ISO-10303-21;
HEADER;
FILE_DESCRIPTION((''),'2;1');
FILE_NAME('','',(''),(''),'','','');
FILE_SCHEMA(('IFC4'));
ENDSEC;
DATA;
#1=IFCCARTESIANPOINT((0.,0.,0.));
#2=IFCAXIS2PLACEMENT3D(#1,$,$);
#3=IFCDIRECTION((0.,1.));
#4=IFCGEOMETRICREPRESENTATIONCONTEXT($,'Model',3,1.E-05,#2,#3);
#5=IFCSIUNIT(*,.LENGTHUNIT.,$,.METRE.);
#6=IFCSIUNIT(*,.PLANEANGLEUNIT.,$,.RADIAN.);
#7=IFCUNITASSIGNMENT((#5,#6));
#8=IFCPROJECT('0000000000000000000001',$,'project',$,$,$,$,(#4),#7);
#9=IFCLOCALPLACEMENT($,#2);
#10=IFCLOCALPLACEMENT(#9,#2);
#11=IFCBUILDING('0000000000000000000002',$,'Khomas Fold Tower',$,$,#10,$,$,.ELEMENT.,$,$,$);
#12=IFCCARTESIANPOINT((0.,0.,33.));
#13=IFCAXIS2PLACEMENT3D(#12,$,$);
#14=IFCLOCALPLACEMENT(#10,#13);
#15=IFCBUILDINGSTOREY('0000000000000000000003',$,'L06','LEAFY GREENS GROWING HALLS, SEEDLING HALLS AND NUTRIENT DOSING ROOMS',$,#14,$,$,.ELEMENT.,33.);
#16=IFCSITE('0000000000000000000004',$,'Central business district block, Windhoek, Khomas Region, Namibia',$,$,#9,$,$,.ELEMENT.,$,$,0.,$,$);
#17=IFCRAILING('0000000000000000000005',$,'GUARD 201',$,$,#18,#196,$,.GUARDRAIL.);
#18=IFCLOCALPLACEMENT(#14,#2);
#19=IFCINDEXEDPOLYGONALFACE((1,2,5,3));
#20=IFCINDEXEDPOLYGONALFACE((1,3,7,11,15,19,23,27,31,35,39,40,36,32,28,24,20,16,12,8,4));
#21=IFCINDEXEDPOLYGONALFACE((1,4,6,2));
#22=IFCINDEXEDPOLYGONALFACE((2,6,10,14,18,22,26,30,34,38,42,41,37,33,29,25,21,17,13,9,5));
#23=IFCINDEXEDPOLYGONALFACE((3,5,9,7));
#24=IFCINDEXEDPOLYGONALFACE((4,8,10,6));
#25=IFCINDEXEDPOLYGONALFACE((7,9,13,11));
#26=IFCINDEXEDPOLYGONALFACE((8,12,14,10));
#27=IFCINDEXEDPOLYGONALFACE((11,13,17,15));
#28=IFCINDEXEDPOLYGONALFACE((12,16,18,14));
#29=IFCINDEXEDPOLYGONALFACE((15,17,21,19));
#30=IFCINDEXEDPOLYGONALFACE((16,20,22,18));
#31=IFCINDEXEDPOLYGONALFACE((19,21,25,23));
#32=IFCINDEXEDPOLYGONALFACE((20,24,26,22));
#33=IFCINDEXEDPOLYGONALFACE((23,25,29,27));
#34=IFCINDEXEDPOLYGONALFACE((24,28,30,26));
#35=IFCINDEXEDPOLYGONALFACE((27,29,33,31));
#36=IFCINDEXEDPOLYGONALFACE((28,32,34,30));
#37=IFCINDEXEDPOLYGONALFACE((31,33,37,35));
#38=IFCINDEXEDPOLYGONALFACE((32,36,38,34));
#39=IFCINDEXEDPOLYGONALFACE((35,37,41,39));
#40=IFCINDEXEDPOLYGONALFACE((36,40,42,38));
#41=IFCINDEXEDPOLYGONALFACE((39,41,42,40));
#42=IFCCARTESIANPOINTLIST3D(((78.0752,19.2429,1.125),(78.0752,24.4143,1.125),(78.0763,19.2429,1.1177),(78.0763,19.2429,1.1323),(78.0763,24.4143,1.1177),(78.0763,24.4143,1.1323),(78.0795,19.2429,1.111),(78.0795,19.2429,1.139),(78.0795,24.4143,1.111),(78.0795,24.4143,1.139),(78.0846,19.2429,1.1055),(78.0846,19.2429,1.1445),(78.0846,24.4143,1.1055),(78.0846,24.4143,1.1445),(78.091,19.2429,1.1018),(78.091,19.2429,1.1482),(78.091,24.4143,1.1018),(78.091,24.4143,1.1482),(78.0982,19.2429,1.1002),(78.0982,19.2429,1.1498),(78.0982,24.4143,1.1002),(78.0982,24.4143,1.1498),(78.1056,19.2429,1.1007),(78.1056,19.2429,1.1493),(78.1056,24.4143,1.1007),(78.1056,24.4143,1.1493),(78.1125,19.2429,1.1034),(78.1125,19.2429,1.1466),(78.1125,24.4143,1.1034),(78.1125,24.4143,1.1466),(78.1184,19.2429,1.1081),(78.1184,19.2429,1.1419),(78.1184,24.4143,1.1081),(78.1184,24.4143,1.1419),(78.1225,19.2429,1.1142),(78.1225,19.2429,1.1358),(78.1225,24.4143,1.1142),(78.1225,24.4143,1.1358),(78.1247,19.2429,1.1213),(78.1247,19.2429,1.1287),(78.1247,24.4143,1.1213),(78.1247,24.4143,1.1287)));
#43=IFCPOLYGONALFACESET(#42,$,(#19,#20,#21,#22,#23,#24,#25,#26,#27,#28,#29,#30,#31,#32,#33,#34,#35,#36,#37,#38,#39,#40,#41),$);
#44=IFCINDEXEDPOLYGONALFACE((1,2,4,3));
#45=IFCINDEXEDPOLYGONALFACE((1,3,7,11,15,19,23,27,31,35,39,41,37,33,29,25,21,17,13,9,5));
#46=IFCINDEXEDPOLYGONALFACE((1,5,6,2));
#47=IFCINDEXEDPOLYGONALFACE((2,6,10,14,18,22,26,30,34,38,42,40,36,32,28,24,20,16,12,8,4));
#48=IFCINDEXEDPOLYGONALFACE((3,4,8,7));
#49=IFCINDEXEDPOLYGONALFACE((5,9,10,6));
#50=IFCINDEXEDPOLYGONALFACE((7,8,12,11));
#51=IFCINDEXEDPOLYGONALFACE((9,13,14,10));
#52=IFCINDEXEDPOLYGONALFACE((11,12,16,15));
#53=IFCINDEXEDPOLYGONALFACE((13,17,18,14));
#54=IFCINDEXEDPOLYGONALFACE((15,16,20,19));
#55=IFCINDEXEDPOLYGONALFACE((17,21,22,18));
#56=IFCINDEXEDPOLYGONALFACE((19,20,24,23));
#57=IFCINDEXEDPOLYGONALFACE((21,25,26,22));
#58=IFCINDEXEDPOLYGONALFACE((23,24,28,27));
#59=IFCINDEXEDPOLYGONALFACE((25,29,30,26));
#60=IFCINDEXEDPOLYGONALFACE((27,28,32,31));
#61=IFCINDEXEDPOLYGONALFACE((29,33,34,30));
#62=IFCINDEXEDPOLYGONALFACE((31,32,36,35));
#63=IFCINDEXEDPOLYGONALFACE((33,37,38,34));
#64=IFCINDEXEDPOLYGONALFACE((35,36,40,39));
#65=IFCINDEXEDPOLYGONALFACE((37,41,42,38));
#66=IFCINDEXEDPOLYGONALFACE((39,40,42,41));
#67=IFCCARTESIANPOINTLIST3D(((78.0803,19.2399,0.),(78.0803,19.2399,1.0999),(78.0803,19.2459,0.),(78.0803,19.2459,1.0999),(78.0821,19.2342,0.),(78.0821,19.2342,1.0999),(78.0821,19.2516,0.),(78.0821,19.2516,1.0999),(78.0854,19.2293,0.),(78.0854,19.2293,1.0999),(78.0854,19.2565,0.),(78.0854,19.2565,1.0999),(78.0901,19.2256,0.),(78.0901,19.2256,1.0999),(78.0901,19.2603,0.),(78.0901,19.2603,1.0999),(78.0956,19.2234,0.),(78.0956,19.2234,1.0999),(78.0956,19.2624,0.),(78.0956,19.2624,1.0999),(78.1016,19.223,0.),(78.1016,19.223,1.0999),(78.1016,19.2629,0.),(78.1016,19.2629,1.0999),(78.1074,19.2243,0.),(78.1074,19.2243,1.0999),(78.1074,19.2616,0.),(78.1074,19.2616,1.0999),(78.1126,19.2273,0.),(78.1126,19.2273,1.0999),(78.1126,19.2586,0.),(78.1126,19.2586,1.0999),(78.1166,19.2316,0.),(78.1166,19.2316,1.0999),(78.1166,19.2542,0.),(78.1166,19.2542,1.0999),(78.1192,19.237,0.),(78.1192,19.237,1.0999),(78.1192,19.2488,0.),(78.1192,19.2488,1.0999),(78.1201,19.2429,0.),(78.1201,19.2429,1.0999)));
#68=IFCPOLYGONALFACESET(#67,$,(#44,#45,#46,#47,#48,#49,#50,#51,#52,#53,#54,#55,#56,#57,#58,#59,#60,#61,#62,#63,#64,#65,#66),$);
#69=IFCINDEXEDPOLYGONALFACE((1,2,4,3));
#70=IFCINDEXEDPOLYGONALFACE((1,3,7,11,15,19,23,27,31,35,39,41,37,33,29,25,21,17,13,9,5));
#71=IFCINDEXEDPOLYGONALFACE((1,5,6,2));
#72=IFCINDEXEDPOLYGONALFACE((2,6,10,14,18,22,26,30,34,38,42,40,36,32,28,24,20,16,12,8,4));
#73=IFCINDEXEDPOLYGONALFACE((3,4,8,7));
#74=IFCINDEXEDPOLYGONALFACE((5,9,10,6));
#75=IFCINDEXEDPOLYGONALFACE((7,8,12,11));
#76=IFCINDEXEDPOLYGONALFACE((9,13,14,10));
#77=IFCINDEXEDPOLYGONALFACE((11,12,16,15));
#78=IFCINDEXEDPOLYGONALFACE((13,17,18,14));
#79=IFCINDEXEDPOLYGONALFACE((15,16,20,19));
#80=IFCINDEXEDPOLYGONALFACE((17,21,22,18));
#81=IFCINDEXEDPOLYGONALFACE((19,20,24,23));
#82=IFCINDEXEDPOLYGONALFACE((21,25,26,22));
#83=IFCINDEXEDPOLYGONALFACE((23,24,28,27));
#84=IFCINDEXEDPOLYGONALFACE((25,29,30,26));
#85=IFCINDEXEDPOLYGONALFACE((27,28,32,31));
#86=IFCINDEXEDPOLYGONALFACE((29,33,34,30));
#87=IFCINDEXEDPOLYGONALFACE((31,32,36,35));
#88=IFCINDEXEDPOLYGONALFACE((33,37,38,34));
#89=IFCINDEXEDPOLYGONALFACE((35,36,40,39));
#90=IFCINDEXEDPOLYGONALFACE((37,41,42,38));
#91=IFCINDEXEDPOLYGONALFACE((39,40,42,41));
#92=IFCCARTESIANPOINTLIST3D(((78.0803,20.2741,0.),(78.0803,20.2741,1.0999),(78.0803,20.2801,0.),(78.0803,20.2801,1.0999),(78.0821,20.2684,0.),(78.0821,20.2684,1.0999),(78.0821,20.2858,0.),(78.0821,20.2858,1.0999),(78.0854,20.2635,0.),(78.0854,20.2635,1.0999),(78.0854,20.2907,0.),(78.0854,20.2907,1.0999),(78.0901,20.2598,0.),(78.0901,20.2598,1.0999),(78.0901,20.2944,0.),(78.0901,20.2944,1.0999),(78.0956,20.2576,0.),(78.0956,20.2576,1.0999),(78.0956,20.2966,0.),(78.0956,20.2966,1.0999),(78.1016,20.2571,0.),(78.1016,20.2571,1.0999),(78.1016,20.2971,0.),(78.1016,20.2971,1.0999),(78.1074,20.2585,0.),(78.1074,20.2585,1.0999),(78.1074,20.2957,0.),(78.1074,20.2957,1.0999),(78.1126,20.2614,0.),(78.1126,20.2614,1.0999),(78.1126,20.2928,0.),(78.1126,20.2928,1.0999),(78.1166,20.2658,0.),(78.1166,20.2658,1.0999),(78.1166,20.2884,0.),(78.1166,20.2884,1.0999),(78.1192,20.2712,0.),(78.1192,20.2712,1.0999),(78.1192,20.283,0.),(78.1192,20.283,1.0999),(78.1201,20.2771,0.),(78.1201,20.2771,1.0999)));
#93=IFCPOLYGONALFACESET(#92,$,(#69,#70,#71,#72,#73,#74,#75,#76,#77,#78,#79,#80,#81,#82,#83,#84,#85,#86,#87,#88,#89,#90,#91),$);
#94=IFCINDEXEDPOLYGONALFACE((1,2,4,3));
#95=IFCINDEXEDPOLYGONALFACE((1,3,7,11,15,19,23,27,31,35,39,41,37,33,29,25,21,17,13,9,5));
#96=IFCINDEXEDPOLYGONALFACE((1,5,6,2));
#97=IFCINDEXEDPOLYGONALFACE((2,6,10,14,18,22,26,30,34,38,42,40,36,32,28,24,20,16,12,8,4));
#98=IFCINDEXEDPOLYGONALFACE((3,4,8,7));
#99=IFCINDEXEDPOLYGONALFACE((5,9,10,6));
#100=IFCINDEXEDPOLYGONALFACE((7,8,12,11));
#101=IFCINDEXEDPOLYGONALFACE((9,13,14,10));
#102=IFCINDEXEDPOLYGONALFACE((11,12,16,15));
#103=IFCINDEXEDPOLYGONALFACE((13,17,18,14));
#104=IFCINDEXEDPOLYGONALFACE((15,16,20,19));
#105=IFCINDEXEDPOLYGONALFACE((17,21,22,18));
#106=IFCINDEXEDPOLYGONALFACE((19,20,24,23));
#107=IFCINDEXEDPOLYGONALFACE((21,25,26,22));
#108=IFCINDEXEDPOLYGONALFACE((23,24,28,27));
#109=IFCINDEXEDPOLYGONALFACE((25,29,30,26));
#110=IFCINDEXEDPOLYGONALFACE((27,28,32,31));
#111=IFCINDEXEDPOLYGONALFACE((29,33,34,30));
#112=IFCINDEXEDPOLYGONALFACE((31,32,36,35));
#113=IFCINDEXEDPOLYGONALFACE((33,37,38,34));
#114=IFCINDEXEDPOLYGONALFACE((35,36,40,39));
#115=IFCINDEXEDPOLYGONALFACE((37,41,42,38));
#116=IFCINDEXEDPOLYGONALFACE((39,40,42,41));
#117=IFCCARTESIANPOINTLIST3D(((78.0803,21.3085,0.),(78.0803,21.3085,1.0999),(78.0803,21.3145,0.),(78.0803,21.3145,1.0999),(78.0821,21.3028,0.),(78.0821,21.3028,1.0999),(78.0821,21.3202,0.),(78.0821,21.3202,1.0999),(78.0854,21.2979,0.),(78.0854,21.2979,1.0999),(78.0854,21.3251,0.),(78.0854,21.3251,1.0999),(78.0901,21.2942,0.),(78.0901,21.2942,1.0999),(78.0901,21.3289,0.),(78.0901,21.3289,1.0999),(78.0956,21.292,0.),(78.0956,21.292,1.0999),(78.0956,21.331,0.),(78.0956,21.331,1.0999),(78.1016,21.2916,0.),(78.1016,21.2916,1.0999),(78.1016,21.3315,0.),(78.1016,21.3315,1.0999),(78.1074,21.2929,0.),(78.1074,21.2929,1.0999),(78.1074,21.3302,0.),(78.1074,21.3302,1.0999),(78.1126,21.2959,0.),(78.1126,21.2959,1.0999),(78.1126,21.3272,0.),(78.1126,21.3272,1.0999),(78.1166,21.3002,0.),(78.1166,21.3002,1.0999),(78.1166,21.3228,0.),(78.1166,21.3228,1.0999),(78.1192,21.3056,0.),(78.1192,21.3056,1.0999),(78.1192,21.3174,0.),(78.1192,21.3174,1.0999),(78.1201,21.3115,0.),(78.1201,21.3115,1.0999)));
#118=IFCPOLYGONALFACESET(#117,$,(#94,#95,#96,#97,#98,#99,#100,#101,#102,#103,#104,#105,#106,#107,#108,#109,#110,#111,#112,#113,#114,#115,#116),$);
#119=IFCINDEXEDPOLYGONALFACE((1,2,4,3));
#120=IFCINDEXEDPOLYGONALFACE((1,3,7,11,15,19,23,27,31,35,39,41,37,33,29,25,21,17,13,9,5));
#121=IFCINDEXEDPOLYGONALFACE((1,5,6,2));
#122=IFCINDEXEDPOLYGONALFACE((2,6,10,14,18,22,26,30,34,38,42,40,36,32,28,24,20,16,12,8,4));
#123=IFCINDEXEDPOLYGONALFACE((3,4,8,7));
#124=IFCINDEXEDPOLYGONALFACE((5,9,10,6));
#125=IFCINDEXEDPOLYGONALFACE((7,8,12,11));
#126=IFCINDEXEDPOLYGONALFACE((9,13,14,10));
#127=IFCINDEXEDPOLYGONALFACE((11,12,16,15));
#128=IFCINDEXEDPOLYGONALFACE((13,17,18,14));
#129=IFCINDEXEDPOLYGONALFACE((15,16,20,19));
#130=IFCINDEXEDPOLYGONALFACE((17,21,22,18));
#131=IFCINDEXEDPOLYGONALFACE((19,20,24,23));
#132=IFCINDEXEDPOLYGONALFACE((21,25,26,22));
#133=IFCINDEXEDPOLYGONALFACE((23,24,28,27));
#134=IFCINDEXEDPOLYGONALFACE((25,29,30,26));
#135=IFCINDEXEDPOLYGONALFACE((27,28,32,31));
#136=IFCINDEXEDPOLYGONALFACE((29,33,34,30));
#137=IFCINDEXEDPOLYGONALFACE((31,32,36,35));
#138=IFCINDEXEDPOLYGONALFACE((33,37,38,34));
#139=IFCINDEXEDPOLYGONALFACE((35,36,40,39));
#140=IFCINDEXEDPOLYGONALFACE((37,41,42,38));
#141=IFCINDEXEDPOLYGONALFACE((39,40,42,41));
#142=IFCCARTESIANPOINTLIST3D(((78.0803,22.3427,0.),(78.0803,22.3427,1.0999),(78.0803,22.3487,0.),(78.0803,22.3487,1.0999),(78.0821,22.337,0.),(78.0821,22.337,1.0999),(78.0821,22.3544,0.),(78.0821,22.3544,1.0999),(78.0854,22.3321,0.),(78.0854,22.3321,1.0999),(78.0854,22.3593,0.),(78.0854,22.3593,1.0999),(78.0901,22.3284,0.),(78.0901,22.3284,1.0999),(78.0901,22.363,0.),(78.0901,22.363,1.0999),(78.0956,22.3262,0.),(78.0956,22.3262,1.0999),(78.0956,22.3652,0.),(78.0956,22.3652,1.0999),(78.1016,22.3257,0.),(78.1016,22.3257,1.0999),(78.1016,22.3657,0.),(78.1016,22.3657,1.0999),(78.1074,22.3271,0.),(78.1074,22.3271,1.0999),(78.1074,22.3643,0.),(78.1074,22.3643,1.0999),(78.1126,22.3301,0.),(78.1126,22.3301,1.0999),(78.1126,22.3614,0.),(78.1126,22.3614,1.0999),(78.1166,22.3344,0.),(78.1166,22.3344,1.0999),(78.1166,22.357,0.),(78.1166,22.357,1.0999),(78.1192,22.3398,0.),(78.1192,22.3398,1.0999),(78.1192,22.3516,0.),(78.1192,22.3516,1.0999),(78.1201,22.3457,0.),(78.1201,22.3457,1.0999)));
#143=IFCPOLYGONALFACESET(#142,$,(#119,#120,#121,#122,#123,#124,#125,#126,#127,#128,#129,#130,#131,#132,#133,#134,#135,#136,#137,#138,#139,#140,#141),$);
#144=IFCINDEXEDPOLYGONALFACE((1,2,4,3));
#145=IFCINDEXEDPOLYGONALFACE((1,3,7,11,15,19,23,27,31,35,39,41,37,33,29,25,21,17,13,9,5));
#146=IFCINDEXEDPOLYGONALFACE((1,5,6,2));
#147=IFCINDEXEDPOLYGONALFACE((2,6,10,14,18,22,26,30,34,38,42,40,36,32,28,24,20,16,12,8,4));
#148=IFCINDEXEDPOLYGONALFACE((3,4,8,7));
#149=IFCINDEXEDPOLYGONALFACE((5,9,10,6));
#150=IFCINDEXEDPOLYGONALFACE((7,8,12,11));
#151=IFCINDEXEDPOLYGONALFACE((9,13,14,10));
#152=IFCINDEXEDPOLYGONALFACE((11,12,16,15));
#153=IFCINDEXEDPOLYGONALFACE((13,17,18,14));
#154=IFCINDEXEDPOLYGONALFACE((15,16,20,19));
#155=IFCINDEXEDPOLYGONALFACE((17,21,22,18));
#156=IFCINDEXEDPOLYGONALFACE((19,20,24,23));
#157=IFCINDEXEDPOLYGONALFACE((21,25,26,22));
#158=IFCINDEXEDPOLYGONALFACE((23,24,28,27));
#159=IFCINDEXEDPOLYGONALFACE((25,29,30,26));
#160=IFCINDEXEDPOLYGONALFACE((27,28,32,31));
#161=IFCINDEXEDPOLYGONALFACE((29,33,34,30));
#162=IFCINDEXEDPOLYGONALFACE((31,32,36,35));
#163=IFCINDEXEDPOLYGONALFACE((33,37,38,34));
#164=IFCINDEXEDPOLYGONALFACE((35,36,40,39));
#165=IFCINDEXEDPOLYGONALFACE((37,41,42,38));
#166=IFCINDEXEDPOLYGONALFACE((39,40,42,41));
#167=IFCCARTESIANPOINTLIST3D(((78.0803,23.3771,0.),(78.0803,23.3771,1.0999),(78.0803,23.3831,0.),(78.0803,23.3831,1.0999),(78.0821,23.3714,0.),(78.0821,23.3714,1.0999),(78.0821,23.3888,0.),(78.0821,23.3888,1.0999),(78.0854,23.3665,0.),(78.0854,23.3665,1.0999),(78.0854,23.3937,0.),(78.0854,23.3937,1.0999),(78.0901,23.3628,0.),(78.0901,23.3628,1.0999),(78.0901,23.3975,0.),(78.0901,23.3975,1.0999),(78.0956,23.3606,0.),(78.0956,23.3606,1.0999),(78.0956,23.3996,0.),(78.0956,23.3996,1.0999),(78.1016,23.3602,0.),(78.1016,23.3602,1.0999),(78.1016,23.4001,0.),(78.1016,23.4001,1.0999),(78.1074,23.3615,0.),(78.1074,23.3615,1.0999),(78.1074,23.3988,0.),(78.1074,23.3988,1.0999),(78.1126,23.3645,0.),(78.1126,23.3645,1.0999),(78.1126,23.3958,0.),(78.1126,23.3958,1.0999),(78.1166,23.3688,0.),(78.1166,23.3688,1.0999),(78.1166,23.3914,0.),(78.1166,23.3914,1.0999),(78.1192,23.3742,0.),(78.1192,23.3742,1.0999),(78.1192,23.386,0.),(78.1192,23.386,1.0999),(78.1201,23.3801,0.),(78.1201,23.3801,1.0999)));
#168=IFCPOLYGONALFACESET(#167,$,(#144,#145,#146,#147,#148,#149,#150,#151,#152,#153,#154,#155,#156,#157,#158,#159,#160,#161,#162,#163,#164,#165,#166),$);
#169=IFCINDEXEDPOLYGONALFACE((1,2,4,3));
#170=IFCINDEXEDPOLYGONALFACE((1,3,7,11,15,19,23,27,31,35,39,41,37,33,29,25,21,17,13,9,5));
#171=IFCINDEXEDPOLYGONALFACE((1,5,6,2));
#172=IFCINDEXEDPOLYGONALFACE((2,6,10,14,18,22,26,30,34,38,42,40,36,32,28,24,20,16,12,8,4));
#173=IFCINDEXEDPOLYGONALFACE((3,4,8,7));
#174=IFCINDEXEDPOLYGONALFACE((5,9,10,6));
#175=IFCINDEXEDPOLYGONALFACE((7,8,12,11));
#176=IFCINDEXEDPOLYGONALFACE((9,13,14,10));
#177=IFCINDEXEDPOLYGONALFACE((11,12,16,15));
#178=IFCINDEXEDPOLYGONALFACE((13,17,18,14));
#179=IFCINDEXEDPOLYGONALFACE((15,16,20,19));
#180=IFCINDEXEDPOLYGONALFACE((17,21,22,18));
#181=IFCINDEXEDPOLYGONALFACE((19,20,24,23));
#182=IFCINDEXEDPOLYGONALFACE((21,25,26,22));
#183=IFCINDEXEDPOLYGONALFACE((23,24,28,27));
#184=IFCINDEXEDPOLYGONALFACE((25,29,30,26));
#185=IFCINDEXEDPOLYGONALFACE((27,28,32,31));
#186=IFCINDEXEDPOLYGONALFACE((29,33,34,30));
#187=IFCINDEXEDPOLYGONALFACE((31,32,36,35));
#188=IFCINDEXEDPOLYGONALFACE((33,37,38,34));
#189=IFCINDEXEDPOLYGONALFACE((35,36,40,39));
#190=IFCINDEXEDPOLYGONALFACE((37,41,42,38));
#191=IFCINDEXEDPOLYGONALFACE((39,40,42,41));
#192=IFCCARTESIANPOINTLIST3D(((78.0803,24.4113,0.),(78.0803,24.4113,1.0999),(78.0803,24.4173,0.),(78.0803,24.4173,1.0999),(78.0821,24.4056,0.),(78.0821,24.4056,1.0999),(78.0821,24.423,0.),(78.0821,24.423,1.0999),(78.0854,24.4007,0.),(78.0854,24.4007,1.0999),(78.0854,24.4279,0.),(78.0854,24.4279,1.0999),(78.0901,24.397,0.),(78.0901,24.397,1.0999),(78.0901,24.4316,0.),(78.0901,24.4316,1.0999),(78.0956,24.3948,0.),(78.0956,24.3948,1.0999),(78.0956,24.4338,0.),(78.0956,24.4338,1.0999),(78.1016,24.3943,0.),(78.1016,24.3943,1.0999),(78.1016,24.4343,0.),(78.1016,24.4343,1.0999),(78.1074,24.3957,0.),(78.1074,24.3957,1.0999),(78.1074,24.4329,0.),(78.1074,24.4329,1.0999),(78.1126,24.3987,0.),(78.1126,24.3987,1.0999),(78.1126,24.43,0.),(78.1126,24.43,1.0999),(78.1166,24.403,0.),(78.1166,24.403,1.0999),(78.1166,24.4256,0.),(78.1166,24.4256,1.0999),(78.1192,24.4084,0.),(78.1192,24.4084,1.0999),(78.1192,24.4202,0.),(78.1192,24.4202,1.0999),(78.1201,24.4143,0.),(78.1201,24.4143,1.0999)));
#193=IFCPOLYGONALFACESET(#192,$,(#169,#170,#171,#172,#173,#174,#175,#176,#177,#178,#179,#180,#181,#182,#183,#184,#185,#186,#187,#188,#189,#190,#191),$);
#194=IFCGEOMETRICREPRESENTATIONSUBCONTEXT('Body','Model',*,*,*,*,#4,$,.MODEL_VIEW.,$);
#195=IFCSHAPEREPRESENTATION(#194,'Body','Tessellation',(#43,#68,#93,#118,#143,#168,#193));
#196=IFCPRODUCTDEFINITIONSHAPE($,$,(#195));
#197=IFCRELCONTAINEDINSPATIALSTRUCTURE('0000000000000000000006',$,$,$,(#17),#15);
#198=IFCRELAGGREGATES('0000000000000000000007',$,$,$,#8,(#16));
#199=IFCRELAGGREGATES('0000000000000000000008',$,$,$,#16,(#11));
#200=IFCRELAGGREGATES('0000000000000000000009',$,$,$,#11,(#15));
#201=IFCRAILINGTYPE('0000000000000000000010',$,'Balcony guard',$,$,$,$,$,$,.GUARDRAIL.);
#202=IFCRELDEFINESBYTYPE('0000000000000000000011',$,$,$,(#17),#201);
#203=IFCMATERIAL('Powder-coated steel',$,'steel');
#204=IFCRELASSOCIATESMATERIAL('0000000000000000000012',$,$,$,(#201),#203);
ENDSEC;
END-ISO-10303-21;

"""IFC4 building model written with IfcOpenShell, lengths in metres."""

from ifc_helpers import new_model, si_unit, direction, frame, origin, origin_2d, place, context, subcontext, project, spatial, circle, extrude, source, transform, mapped, material, type_object, element, save


model = new_model("IFC4")

# Units and contexts
model_context = context("Model", 3, precision=1e-05, world=origin(), true_north=direction((0.0, 1.0)))
body_context = subcontext(model_context, "Body", "Model", "MODEL_VIEW")
ifc_project = project(units=[si_unit("LENGTHUNIT", "METRE"), si_unit("PLANEANGLEUNIT", "RADIAN")], contexts=[model_context])

# Site, building, storey
site_placement = place(None, origin())
site = spatial("IfcSite", under=ifc_project, at=site_placement, Name="Central business district block, Windhoek, Khomas Region, Namibia", CompositionType="ELEMENT", RefElevation=0.0)
building_placement = place(site_placement, origin())
building = spatial("IfcBuilding", under=site, at=building_placement, Name="Khomas Fold Tower", CompositionType="ELEMENT")
storey_placement = place(building_placement, frame((0.0, 0.0, 33.0)))
storey = spatial("IfcBuildingStorey", under=building, at=storey_placement, Name="L06", Description="LEAFY GREENS GROWING HALLS, SEEDLING HALLS AND NUTRIENT DOSING ROOMS", CompositionType="ELEMENT", Elevation=33.0)

# Railing
ifc_material_1 = material(Name="Powder-coated steel", Category="steel")
railing_type = type_object("IfcRailingType", Name="Balcony guard", PredefinedType="GUARDRAIL", material=ifc_material_1)
shared_shape_1 = source(origin(), body_context, "Body", "SweptSolid", [
    extrude(circle(Radius=0.0249, at=origin_2d()), frame((0.0, 0.0, 1.125), z_axis=(0.0, 1.0, 0.0), x_axis=(-1.0, 0.0, 0.0)), (0.0, 0.0, 1.0), 5.1714),
    extrude(circle(Radius=0.02, at=origin_2d()), origin(), (0.0, 0.0, 1.0), 1.0999),
    extrude(circle(Radius=0.02, at=origin_2d()), frame((0.0, 1.0342, 0.0)), (0.0, 0.0, 1.0), 1.0999),
    extrude(circle(Radius=0.02, at=origin_2d()), frame((0.0, 2.0686, 0.0)), (0.0, 0.0, 1.0), 1.0999),
    extrude(circle(Radius=0.02, at=origin_2d()), frame((0.0, 3.1028, 0.0)), (0.0, 0.0, 1.0), 1.0999),
    extrude(circle(Radius=0.02, at=origin_2d()), frame((0.0, 4.1372, 0.0)), (0.0, 0.0, 1.0), 1.0999),
    extrude(circle(Radius=0.02, at=origin_2d()), frame((0.0, 5.1714, 0.0)), (0.0, 0.0, 1.0), 1.0999),
])
for number, where, name in (
    (1, (78.1001, 19.2429, 0.0), "GUARD 201"),
):
    element("IfcRailing", number, at=place(storey_placement, frame(where)), inside=storey, type_object=railing_type, Name=name, PredefinedType="GUARDRAIL", context=body_context, shape_type="MappedRepresentation", body=[
        mapped(shared_shape_1, transform((0.0, 0.0, 0.0))),
    ])

save(model, "model.ifc")
